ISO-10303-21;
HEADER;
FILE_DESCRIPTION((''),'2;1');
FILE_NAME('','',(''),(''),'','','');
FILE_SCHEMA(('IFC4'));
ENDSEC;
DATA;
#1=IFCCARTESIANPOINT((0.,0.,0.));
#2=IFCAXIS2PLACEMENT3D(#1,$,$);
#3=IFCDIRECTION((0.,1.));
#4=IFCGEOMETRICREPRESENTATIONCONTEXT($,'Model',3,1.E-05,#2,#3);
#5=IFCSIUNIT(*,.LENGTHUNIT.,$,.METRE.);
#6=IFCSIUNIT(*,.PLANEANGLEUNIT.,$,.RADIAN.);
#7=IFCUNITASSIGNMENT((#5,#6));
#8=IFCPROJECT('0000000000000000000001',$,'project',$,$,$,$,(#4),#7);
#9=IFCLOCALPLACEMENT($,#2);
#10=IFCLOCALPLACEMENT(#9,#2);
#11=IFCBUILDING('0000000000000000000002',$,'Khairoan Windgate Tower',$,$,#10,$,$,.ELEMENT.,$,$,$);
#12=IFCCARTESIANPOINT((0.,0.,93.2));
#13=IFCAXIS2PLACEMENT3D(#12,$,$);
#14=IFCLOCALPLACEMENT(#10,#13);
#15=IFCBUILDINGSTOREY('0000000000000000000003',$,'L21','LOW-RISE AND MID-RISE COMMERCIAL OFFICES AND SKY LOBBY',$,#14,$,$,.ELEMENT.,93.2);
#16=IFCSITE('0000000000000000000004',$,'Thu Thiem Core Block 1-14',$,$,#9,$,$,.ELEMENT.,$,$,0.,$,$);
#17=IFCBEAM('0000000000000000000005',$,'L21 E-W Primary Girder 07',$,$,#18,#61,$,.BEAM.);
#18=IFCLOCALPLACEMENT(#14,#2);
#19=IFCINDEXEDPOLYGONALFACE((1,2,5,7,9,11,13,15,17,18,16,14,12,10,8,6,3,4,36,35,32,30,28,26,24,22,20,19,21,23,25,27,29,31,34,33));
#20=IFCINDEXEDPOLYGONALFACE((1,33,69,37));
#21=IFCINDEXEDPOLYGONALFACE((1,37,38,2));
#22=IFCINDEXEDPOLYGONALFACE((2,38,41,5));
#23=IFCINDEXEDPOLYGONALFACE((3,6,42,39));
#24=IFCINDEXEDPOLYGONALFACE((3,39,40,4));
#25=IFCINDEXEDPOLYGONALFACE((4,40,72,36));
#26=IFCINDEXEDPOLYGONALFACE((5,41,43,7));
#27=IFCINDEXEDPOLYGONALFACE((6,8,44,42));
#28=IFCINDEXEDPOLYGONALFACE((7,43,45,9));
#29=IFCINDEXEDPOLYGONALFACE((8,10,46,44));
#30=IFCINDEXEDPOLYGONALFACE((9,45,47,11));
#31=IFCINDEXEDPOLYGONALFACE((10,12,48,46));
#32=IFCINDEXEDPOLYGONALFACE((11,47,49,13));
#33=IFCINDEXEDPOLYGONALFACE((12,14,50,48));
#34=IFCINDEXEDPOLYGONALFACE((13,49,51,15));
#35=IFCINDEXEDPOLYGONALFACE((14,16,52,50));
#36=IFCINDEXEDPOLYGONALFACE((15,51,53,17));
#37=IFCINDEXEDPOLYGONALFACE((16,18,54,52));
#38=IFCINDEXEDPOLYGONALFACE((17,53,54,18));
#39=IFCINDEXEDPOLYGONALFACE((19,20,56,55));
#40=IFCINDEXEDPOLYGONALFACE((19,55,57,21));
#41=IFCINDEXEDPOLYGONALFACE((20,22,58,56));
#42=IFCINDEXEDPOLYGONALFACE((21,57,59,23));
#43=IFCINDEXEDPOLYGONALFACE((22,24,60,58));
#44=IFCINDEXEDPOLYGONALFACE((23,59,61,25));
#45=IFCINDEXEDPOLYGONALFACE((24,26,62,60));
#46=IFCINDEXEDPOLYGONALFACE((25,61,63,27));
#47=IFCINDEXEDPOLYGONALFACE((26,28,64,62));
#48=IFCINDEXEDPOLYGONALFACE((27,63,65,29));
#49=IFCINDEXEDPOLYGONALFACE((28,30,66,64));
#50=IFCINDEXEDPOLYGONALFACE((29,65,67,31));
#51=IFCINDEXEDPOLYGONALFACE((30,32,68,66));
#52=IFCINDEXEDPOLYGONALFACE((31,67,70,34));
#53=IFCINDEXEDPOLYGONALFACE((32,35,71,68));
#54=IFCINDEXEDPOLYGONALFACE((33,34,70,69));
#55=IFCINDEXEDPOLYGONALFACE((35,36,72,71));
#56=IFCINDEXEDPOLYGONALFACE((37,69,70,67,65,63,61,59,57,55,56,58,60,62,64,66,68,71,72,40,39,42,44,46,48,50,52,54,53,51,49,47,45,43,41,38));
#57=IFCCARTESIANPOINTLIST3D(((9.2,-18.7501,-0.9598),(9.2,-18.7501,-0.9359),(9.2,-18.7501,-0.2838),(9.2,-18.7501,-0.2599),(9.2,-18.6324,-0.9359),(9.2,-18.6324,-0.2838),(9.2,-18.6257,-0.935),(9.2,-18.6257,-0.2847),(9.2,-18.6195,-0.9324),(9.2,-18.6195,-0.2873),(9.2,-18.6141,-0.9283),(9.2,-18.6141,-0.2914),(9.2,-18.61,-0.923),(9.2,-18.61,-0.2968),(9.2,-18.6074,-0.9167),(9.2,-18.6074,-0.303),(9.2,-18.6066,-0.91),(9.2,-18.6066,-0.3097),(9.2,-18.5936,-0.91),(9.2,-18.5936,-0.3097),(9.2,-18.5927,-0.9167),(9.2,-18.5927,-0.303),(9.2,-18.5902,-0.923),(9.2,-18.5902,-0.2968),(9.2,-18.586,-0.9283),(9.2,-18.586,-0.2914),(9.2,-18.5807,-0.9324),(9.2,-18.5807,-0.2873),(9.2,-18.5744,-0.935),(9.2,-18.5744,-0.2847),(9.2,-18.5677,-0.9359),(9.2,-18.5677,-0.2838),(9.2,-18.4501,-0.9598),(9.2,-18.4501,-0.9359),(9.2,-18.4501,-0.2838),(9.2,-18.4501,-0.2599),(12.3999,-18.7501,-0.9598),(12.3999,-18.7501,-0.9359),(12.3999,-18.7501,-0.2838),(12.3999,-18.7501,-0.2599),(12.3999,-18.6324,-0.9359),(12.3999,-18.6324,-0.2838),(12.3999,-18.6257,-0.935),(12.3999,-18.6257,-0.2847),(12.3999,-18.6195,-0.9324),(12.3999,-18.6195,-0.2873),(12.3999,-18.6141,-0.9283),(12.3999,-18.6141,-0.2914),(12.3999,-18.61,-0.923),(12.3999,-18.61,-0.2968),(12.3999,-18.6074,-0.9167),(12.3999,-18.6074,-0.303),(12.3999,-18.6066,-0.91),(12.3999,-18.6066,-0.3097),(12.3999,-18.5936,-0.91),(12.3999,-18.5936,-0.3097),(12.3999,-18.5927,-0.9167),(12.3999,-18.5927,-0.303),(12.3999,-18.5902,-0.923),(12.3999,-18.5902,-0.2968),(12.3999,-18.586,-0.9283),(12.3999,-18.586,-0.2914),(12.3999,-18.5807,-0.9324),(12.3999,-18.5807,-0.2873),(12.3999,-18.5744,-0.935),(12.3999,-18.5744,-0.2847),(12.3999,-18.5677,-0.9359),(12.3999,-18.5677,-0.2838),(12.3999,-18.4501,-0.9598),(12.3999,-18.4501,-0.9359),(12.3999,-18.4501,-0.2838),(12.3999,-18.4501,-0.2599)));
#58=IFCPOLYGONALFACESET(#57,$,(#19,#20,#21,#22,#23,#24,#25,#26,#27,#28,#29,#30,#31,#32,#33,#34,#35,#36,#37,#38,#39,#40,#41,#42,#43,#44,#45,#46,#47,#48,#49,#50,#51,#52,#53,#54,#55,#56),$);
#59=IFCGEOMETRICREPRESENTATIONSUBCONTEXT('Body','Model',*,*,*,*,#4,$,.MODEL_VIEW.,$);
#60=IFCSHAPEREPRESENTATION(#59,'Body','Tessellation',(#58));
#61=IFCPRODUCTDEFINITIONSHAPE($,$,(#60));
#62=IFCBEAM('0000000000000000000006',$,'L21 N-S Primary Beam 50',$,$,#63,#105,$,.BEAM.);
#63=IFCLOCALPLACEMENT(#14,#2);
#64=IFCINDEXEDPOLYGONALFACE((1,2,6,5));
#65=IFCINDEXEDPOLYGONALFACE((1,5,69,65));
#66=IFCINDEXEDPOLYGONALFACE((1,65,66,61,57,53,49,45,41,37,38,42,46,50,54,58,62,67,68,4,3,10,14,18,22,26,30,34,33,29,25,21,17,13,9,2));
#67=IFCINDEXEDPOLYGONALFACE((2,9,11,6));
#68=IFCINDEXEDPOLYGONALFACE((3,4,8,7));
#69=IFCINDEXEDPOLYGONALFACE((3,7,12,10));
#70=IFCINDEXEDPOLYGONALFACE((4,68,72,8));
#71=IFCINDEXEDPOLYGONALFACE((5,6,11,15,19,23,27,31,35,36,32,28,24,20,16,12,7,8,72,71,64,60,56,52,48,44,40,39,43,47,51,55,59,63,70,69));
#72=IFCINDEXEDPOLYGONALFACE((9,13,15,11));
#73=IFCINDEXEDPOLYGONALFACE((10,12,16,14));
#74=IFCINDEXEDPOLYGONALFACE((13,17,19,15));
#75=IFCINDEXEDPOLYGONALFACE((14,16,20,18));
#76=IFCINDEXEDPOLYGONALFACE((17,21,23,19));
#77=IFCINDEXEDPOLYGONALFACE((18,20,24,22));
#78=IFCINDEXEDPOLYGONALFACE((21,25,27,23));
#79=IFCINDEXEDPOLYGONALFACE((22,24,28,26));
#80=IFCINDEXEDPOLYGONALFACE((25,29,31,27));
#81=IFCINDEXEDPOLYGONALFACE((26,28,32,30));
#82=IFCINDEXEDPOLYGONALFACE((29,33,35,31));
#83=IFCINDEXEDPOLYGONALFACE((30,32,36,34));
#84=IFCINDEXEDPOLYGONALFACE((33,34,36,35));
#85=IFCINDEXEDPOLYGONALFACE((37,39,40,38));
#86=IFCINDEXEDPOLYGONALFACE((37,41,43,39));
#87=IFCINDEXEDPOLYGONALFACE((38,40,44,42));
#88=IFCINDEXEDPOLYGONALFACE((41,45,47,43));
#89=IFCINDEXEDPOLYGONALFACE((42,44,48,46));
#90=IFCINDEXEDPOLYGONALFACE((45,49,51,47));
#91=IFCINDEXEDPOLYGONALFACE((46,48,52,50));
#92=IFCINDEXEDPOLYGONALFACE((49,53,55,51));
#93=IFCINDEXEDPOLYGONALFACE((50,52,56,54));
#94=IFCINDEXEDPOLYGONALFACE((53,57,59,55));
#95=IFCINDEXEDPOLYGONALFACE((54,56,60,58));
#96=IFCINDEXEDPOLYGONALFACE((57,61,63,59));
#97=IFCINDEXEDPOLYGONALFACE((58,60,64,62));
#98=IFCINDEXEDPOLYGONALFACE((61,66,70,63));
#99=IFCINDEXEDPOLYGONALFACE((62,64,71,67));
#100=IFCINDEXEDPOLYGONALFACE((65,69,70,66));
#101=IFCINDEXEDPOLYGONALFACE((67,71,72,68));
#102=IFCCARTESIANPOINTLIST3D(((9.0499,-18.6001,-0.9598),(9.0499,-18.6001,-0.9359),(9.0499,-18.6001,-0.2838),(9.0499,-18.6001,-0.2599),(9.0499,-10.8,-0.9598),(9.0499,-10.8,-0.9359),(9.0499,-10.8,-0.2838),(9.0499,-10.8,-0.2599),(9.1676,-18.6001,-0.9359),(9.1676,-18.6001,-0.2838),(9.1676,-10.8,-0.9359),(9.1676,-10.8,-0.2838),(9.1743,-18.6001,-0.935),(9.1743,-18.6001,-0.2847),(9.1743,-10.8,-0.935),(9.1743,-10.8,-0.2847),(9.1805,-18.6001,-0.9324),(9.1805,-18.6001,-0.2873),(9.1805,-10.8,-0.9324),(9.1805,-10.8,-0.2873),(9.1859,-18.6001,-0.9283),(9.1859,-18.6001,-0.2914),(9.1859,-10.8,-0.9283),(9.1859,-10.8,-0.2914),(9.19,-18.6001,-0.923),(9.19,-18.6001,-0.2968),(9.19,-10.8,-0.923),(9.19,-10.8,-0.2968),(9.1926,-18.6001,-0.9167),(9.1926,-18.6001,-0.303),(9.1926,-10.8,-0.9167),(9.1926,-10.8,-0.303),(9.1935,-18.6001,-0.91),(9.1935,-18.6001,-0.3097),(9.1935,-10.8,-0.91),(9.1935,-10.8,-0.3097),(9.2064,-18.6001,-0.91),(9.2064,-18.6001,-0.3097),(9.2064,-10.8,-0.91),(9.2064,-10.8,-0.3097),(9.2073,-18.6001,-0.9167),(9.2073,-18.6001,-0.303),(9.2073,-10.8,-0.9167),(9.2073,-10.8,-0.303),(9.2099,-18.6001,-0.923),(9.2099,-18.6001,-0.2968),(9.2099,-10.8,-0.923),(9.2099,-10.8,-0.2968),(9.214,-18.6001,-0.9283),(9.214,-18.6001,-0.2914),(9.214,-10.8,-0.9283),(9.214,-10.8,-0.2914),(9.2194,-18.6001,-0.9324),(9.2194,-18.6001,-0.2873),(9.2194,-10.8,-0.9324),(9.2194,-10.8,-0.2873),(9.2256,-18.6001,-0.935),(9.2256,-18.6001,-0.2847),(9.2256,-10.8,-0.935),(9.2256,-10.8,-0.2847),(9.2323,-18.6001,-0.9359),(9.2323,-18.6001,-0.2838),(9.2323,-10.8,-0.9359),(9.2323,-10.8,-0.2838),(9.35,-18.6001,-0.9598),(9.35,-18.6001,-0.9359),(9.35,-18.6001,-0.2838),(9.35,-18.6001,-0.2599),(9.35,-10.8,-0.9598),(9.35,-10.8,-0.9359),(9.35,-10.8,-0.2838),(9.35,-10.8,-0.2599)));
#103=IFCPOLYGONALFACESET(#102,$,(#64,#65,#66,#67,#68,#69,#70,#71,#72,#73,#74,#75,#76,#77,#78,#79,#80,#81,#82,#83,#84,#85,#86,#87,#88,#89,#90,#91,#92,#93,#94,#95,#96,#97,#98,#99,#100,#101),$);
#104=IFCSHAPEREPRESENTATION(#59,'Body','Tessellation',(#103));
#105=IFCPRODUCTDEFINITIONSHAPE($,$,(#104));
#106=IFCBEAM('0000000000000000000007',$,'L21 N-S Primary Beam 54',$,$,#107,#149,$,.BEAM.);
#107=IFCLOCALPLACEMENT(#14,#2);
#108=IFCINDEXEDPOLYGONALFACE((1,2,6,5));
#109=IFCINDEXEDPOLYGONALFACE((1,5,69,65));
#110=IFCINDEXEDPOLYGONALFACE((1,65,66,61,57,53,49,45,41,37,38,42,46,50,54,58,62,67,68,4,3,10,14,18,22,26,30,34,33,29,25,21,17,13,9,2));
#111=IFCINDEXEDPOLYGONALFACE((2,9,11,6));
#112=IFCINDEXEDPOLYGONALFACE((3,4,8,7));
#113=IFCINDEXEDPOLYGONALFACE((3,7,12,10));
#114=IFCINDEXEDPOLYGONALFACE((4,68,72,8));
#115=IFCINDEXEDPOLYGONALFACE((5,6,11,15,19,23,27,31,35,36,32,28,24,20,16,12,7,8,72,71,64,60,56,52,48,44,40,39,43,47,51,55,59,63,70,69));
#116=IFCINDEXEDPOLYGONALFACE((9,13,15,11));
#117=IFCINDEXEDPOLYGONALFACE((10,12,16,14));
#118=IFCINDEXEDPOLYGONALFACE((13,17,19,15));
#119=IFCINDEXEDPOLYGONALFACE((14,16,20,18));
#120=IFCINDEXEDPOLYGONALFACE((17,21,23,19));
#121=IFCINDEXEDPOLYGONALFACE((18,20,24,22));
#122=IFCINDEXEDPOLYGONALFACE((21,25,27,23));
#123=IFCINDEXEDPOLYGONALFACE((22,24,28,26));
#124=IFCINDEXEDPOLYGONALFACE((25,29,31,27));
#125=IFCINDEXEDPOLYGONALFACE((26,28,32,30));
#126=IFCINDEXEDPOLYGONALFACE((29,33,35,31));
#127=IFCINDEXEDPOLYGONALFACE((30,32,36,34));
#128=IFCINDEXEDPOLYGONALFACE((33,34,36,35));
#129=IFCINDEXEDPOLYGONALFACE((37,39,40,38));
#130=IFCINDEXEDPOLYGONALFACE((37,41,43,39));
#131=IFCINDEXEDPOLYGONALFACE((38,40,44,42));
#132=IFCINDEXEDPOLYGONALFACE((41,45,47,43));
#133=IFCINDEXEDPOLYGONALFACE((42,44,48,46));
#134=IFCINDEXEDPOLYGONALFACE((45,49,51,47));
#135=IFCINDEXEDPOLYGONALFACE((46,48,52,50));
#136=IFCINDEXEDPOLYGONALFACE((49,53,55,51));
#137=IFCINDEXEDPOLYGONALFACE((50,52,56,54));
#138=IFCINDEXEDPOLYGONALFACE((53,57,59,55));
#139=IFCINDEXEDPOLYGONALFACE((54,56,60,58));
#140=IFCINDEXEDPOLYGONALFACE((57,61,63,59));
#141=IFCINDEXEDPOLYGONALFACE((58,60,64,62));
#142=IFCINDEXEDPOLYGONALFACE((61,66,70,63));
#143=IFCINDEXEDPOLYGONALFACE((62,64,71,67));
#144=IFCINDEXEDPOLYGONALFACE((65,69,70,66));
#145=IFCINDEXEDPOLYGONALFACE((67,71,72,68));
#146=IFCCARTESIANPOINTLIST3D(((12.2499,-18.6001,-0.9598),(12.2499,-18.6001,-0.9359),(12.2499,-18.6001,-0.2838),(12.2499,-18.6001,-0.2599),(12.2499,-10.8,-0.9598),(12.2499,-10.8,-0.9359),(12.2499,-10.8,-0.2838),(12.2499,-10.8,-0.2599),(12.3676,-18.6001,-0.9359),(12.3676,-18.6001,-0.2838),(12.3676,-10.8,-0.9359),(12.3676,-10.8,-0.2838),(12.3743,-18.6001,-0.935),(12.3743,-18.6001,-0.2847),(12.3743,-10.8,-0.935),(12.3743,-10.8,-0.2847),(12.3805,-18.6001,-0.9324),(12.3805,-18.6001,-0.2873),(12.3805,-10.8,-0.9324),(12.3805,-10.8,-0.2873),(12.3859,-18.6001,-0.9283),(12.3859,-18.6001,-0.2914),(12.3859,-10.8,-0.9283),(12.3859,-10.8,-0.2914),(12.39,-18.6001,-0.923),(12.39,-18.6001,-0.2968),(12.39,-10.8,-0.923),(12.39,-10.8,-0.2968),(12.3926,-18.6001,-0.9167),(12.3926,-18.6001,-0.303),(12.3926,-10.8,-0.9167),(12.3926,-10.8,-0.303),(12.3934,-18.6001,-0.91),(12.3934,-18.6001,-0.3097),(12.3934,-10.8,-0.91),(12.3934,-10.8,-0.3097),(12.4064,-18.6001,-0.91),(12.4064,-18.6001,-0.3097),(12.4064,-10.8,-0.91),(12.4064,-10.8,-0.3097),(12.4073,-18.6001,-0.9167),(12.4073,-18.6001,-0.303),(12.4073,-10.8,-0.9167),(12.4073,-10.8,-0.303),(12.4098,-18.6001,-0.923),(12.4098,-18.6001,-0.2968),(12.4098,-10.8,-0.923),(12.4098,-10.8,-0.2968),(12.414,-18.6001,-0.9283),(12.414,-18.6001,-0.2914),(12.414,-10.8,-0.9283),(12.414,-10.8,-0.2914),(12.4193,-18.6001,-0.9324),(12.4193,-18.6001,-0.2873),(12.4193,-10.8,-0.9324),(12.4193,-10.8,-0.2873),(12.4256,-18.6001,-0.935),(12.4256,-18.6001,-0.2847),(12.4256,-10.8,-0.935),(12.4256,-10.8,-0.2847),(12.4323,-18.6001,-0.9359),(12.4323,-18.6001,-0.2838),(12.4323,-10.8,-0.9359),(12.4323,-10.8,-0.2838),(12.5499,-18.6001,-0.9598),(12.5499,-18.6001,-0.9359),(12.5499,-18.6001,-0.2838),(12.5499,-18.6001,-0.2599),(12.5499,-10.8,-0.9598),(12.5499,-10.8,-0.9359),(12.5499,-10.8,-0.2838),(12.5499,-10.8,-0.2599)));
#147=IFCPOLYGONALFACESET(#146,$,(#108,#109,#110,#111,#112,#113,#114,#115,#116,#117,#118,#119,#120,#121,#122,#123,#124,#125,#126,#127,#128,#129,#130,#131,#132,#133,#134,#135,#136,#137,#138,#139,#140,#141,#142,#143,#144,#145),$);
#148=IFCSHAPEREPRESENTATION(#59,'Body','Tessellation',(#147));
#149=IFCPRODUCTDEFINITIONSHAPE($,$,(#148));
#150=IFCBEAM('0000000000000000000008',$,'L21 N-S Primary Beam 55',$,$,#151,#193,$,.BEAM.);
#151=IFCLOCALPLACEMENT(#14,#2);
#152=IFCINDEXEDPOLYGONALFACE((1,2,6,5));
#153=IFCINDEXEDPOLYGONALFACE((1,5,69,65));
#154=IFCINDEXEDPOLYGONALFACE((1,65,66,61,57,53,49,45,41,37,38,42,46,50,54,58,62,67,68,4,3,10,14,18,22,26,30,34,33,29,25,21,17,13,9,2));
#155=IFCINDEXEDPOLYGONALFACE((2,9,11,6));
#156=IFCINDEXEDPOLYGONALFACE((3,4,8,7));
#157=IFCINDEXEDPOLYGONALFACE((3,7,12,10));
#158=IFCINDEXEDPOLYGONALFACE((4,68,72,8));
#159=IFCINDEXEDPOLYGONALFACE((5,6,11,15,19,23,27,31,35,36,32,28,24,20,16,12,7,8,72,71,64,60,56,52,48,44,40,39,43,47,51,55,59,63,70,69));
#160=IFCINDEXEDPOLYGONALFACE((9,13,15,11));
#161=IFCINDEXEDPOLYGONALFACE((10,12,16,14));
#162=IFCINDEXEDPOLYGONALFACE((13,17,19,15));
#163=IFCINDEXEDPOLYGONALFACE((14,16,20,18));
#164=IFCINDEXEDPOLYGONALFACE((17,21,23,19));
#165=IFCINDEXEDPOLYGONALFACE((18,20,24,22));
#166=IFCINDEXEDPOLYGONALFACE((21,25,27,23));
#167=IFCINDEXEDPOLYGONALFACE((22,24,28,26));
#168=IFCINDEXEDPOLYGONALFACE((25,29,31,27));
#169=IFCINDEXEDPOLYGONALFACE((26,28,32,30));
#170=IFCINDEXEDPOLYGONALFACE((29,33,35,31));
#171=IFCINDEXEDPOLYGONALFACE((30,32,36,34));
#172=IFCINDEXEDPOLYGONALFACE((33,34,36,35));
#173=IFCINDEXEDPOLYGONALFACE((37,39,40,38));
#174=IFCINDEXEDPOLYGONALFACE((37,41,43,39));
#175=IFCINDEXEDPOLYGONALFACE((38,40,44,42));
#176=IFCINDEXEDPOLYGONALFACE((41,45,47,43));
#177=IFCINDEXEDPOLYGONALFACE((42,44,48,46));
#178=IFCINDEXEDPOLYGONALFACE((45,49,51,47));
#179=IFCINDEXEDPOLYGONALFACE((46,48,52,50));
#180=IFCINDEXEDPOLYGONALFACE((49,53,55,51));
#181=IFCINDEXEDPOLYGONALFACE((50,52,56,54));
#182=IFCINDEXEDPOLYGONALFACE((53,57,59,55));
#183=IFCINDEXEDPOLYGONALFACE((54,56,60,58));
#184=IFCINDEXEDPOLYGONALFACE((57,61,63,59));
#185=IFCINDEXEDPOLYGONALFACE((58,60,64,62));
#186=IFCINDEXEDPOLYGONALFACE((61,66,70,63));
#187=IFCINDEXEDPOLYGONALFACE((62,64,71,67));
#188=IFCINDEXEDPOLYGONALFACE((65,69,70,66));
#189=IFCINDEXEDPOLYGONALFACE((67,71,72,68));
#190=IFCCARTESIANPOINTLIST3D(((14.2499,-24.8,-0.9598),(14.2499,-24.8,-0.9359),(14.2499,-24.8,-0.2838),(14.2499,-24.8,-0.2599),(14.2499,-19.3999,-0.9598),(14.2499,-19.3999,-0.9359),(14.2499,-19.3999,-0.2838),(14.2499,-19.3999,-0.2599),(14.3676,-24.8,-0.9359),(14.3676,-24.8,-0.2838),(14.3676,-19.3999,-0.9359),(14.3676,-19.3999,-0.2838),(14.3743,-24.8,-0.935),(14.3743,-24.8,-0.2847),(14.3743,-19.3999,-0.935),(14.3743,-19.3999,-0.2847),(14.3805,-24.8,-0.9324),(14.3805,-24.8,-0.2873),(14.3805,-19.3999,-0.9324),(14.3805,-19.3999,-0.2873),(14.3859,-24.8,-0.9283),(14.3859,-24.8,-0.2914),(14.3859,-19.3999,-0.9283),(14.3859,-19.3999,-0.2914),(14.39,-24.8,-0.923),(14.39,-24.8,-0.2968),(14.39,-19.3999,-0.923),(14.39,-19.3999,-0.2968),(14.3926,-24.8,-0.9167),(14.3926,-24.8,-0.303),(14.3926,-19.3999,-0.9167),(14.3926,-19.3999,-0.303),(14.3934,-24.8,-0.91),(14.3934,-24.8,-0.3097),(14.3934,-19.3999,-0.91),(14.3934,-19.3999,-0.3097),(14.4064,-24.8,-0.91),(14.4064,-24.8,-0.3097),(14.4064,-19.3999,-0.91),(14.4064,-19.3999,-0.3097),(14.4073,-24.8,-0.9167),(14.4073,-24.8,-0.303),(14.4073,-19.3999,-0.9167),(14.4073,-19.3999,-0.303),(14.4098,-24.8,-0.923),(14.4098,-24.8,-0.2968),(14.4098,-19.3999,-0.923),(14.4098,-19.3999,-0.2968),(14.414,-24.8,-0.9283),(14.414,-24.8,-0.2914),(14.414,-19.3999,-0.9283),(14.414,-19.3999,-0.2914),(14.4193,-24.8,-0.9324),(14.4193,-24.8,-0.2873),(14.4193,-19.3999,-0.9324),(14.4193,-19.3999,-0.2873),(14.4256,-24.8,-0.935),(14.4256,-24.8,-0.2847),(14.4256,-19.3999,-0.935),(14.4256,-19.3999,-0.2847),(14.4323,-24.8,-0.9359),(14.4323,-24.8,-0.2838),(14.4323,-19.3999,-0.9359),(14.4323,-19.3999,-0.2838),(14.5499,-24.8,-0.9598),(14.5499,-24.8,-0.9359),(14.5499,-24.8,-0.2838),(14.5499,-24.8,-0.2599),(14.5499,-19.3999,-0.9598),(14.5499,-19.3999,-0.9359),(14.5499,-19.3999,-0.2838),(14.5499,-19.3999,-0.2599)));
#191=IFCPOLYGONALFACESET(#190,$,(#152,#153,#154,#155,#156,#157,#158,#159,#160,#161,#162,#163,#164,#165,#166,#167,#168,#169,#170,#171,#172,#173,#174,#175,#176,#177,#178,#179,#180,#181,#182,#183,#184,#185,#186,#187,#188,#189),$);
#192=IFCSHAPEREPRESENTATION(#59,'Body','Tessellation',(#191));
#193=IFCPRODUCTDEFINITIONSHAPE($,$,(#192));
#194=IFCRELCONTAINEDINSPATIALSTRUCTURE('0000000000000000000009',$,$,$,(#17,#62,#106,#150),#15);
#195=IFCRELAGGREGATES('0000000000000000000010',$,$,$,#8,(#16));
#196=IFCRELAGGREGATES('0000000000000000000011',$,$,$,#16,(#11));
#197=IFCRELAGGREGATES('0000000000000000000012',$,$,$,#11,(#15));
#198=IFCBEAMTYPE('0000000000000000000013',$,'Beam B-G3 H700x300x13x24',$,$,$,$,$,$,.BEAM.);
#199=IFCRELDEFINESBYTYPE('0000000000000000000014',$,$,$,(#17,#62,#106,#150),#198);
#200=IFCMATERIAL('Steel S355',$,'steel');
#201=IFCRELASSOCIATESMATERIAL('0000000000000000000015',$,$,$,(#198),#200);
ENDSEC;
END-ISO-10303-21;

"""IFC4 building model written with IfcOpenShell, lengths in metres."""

from ifc_helpers import new_model, si_unit, direction, frame, origin, origin_2d, place, context, subcontext, project, spatial, i_section, extrude, material, material_profile, profile_set, type_object, element, save


model = new_model("IFC4")

# Units and contexts
model_context = context("Model", 3, precision=1e-05, world=origin(), true_north=direction((0.0, 1.0)))
body_context = subcontext(model_context, "Body", "Model", "MODEL_VIEW")
ifc_project = project(units=[si_unit("LENGTHUNIT", "METRE"), si_unit("PLANEANGLEUNIT", "RADIAN")], contexts=[model_context])

# Site, building, storey
site_placement = place(None, origin())
site = spatial("IfcSite", under=ifc_project, at=site_placement, Name="Thu Thiem Core Block 1-14", CompositionType="ELEMENT", RefElevation=0.0)
building_placement = place(site_placement, origin())
building = spatial("IfcBuilding", under=site, at=building_placement, Name="Khairoan Windgate Tower", CompositionType="ELEMENT")
storey_placement = place(building_placement, frame((0.0, 0.0, 93.2)))
storey = spatial("IfcBuildingStorey", under=building, at=storey_placement, Name="L21", Description="LOW-RISE AND MID-RISE COMMERCIAL OFFICES AND SKY LOBBY", CompositionType="ELEMENT", Elevation=93.2)

# Beams
ifc_material_1 = material(Name="Steel S355", Category="steel")
ifc_material_profile_1 = material_profile(ifc_material_1, i_section(OverallWidth=0.3, OverallDepth=0.7, WebThickness=0.0129, FlangeThickness=0.0239, FilletRadius=0.0259, at=origin_2d()))
ifc_profile_set_1 = profile_set([ifc_material_profile_1], Name="Steel S355")
beam_type_1 = type_object("IfcBeamType", Name="Beam B-G3 H700x300x13x24", PredefinedType="BEAM", material=ifc_profile_set_1)
beam_1_placement = place(storey_placement, frame((9.2, -18.6001, -0.6099), z_axis=(1.0, 0.0, 0.0), x_axis=(0.0, 1.0, 0.0)))
element("IfcBeam", 1, at=beam_1_placement, inside=storey, type_object=beam_type_1, Name="L21 E-W Primary Girder 07", PredefinedType="BEAM", context=body_context, shape_type="SweptSolid", body=[
    extrude(i_section(OverallWidth=0.3, OverallDepth=0.7, WebThickness=0.0129, FlangeThickness=0.0239, FilletRadius=0.0259, at=origin_2d()), origin(), (0.0, 0.0, 1.0), 3.2),
])
for number, where, z_axis, x_axis, name in (
    (2, (9.2, -18.6001, -0.6099), (0.0, 1.0, 0.0), (-1.0, 0.0, 0.0), "L21 N-S Primary Beam 50"),
    (3, (12.3999, -18.6001, -0.6099), (0.0, 1.0, 0.0), (-1.0, 0.0, 0.0), "L21 N-S Primary Beam 54"),
):
    element("IfcBeam", number, at=place(storey_placement, frame(where, z_axis=z_axis, x_axis=x_axis)), inside=storey, type_object=beam_type_1, Name=name, PredefinedType="BEAM", context=body_context, shape_type="SweptSolid", body=[
        extrude(i_section(OverallWidth=0.3, OverallDepth=0.7, WebThickness=0.0129, FlangeThickness=0.0239, FilletRadius=0.0259, at=origin_2d()), origin(), (0.0, 0.0, 1.0), 7.8),
    ])
beam_2_placement = place(storey_placement, frame((14.3999, -24.8, -0.6099), z_axis=(0.0, 1.0, 0.0), x_axis=(-1.0, 0.0, 0.0)))
element("IfcBeam", 4, at=beam_2_placement, inside=storey, type_object=beam_type_1, Name="L21 N-S Primary Beam 55", PredefinedType="BEAM", context=body_context, shape_type="SweptSolid", body=[
    extrude(i_section(OverallWidth=0.3, OverallDepth=0.7, WebThickness=0.0129, FlangeThickness=0.0239, FilletRadius=0.0259, at=origin_2d()), origin(), (0.0, 0.0, 1.0), 5.4001),
])

save(model, "model.ifc")
